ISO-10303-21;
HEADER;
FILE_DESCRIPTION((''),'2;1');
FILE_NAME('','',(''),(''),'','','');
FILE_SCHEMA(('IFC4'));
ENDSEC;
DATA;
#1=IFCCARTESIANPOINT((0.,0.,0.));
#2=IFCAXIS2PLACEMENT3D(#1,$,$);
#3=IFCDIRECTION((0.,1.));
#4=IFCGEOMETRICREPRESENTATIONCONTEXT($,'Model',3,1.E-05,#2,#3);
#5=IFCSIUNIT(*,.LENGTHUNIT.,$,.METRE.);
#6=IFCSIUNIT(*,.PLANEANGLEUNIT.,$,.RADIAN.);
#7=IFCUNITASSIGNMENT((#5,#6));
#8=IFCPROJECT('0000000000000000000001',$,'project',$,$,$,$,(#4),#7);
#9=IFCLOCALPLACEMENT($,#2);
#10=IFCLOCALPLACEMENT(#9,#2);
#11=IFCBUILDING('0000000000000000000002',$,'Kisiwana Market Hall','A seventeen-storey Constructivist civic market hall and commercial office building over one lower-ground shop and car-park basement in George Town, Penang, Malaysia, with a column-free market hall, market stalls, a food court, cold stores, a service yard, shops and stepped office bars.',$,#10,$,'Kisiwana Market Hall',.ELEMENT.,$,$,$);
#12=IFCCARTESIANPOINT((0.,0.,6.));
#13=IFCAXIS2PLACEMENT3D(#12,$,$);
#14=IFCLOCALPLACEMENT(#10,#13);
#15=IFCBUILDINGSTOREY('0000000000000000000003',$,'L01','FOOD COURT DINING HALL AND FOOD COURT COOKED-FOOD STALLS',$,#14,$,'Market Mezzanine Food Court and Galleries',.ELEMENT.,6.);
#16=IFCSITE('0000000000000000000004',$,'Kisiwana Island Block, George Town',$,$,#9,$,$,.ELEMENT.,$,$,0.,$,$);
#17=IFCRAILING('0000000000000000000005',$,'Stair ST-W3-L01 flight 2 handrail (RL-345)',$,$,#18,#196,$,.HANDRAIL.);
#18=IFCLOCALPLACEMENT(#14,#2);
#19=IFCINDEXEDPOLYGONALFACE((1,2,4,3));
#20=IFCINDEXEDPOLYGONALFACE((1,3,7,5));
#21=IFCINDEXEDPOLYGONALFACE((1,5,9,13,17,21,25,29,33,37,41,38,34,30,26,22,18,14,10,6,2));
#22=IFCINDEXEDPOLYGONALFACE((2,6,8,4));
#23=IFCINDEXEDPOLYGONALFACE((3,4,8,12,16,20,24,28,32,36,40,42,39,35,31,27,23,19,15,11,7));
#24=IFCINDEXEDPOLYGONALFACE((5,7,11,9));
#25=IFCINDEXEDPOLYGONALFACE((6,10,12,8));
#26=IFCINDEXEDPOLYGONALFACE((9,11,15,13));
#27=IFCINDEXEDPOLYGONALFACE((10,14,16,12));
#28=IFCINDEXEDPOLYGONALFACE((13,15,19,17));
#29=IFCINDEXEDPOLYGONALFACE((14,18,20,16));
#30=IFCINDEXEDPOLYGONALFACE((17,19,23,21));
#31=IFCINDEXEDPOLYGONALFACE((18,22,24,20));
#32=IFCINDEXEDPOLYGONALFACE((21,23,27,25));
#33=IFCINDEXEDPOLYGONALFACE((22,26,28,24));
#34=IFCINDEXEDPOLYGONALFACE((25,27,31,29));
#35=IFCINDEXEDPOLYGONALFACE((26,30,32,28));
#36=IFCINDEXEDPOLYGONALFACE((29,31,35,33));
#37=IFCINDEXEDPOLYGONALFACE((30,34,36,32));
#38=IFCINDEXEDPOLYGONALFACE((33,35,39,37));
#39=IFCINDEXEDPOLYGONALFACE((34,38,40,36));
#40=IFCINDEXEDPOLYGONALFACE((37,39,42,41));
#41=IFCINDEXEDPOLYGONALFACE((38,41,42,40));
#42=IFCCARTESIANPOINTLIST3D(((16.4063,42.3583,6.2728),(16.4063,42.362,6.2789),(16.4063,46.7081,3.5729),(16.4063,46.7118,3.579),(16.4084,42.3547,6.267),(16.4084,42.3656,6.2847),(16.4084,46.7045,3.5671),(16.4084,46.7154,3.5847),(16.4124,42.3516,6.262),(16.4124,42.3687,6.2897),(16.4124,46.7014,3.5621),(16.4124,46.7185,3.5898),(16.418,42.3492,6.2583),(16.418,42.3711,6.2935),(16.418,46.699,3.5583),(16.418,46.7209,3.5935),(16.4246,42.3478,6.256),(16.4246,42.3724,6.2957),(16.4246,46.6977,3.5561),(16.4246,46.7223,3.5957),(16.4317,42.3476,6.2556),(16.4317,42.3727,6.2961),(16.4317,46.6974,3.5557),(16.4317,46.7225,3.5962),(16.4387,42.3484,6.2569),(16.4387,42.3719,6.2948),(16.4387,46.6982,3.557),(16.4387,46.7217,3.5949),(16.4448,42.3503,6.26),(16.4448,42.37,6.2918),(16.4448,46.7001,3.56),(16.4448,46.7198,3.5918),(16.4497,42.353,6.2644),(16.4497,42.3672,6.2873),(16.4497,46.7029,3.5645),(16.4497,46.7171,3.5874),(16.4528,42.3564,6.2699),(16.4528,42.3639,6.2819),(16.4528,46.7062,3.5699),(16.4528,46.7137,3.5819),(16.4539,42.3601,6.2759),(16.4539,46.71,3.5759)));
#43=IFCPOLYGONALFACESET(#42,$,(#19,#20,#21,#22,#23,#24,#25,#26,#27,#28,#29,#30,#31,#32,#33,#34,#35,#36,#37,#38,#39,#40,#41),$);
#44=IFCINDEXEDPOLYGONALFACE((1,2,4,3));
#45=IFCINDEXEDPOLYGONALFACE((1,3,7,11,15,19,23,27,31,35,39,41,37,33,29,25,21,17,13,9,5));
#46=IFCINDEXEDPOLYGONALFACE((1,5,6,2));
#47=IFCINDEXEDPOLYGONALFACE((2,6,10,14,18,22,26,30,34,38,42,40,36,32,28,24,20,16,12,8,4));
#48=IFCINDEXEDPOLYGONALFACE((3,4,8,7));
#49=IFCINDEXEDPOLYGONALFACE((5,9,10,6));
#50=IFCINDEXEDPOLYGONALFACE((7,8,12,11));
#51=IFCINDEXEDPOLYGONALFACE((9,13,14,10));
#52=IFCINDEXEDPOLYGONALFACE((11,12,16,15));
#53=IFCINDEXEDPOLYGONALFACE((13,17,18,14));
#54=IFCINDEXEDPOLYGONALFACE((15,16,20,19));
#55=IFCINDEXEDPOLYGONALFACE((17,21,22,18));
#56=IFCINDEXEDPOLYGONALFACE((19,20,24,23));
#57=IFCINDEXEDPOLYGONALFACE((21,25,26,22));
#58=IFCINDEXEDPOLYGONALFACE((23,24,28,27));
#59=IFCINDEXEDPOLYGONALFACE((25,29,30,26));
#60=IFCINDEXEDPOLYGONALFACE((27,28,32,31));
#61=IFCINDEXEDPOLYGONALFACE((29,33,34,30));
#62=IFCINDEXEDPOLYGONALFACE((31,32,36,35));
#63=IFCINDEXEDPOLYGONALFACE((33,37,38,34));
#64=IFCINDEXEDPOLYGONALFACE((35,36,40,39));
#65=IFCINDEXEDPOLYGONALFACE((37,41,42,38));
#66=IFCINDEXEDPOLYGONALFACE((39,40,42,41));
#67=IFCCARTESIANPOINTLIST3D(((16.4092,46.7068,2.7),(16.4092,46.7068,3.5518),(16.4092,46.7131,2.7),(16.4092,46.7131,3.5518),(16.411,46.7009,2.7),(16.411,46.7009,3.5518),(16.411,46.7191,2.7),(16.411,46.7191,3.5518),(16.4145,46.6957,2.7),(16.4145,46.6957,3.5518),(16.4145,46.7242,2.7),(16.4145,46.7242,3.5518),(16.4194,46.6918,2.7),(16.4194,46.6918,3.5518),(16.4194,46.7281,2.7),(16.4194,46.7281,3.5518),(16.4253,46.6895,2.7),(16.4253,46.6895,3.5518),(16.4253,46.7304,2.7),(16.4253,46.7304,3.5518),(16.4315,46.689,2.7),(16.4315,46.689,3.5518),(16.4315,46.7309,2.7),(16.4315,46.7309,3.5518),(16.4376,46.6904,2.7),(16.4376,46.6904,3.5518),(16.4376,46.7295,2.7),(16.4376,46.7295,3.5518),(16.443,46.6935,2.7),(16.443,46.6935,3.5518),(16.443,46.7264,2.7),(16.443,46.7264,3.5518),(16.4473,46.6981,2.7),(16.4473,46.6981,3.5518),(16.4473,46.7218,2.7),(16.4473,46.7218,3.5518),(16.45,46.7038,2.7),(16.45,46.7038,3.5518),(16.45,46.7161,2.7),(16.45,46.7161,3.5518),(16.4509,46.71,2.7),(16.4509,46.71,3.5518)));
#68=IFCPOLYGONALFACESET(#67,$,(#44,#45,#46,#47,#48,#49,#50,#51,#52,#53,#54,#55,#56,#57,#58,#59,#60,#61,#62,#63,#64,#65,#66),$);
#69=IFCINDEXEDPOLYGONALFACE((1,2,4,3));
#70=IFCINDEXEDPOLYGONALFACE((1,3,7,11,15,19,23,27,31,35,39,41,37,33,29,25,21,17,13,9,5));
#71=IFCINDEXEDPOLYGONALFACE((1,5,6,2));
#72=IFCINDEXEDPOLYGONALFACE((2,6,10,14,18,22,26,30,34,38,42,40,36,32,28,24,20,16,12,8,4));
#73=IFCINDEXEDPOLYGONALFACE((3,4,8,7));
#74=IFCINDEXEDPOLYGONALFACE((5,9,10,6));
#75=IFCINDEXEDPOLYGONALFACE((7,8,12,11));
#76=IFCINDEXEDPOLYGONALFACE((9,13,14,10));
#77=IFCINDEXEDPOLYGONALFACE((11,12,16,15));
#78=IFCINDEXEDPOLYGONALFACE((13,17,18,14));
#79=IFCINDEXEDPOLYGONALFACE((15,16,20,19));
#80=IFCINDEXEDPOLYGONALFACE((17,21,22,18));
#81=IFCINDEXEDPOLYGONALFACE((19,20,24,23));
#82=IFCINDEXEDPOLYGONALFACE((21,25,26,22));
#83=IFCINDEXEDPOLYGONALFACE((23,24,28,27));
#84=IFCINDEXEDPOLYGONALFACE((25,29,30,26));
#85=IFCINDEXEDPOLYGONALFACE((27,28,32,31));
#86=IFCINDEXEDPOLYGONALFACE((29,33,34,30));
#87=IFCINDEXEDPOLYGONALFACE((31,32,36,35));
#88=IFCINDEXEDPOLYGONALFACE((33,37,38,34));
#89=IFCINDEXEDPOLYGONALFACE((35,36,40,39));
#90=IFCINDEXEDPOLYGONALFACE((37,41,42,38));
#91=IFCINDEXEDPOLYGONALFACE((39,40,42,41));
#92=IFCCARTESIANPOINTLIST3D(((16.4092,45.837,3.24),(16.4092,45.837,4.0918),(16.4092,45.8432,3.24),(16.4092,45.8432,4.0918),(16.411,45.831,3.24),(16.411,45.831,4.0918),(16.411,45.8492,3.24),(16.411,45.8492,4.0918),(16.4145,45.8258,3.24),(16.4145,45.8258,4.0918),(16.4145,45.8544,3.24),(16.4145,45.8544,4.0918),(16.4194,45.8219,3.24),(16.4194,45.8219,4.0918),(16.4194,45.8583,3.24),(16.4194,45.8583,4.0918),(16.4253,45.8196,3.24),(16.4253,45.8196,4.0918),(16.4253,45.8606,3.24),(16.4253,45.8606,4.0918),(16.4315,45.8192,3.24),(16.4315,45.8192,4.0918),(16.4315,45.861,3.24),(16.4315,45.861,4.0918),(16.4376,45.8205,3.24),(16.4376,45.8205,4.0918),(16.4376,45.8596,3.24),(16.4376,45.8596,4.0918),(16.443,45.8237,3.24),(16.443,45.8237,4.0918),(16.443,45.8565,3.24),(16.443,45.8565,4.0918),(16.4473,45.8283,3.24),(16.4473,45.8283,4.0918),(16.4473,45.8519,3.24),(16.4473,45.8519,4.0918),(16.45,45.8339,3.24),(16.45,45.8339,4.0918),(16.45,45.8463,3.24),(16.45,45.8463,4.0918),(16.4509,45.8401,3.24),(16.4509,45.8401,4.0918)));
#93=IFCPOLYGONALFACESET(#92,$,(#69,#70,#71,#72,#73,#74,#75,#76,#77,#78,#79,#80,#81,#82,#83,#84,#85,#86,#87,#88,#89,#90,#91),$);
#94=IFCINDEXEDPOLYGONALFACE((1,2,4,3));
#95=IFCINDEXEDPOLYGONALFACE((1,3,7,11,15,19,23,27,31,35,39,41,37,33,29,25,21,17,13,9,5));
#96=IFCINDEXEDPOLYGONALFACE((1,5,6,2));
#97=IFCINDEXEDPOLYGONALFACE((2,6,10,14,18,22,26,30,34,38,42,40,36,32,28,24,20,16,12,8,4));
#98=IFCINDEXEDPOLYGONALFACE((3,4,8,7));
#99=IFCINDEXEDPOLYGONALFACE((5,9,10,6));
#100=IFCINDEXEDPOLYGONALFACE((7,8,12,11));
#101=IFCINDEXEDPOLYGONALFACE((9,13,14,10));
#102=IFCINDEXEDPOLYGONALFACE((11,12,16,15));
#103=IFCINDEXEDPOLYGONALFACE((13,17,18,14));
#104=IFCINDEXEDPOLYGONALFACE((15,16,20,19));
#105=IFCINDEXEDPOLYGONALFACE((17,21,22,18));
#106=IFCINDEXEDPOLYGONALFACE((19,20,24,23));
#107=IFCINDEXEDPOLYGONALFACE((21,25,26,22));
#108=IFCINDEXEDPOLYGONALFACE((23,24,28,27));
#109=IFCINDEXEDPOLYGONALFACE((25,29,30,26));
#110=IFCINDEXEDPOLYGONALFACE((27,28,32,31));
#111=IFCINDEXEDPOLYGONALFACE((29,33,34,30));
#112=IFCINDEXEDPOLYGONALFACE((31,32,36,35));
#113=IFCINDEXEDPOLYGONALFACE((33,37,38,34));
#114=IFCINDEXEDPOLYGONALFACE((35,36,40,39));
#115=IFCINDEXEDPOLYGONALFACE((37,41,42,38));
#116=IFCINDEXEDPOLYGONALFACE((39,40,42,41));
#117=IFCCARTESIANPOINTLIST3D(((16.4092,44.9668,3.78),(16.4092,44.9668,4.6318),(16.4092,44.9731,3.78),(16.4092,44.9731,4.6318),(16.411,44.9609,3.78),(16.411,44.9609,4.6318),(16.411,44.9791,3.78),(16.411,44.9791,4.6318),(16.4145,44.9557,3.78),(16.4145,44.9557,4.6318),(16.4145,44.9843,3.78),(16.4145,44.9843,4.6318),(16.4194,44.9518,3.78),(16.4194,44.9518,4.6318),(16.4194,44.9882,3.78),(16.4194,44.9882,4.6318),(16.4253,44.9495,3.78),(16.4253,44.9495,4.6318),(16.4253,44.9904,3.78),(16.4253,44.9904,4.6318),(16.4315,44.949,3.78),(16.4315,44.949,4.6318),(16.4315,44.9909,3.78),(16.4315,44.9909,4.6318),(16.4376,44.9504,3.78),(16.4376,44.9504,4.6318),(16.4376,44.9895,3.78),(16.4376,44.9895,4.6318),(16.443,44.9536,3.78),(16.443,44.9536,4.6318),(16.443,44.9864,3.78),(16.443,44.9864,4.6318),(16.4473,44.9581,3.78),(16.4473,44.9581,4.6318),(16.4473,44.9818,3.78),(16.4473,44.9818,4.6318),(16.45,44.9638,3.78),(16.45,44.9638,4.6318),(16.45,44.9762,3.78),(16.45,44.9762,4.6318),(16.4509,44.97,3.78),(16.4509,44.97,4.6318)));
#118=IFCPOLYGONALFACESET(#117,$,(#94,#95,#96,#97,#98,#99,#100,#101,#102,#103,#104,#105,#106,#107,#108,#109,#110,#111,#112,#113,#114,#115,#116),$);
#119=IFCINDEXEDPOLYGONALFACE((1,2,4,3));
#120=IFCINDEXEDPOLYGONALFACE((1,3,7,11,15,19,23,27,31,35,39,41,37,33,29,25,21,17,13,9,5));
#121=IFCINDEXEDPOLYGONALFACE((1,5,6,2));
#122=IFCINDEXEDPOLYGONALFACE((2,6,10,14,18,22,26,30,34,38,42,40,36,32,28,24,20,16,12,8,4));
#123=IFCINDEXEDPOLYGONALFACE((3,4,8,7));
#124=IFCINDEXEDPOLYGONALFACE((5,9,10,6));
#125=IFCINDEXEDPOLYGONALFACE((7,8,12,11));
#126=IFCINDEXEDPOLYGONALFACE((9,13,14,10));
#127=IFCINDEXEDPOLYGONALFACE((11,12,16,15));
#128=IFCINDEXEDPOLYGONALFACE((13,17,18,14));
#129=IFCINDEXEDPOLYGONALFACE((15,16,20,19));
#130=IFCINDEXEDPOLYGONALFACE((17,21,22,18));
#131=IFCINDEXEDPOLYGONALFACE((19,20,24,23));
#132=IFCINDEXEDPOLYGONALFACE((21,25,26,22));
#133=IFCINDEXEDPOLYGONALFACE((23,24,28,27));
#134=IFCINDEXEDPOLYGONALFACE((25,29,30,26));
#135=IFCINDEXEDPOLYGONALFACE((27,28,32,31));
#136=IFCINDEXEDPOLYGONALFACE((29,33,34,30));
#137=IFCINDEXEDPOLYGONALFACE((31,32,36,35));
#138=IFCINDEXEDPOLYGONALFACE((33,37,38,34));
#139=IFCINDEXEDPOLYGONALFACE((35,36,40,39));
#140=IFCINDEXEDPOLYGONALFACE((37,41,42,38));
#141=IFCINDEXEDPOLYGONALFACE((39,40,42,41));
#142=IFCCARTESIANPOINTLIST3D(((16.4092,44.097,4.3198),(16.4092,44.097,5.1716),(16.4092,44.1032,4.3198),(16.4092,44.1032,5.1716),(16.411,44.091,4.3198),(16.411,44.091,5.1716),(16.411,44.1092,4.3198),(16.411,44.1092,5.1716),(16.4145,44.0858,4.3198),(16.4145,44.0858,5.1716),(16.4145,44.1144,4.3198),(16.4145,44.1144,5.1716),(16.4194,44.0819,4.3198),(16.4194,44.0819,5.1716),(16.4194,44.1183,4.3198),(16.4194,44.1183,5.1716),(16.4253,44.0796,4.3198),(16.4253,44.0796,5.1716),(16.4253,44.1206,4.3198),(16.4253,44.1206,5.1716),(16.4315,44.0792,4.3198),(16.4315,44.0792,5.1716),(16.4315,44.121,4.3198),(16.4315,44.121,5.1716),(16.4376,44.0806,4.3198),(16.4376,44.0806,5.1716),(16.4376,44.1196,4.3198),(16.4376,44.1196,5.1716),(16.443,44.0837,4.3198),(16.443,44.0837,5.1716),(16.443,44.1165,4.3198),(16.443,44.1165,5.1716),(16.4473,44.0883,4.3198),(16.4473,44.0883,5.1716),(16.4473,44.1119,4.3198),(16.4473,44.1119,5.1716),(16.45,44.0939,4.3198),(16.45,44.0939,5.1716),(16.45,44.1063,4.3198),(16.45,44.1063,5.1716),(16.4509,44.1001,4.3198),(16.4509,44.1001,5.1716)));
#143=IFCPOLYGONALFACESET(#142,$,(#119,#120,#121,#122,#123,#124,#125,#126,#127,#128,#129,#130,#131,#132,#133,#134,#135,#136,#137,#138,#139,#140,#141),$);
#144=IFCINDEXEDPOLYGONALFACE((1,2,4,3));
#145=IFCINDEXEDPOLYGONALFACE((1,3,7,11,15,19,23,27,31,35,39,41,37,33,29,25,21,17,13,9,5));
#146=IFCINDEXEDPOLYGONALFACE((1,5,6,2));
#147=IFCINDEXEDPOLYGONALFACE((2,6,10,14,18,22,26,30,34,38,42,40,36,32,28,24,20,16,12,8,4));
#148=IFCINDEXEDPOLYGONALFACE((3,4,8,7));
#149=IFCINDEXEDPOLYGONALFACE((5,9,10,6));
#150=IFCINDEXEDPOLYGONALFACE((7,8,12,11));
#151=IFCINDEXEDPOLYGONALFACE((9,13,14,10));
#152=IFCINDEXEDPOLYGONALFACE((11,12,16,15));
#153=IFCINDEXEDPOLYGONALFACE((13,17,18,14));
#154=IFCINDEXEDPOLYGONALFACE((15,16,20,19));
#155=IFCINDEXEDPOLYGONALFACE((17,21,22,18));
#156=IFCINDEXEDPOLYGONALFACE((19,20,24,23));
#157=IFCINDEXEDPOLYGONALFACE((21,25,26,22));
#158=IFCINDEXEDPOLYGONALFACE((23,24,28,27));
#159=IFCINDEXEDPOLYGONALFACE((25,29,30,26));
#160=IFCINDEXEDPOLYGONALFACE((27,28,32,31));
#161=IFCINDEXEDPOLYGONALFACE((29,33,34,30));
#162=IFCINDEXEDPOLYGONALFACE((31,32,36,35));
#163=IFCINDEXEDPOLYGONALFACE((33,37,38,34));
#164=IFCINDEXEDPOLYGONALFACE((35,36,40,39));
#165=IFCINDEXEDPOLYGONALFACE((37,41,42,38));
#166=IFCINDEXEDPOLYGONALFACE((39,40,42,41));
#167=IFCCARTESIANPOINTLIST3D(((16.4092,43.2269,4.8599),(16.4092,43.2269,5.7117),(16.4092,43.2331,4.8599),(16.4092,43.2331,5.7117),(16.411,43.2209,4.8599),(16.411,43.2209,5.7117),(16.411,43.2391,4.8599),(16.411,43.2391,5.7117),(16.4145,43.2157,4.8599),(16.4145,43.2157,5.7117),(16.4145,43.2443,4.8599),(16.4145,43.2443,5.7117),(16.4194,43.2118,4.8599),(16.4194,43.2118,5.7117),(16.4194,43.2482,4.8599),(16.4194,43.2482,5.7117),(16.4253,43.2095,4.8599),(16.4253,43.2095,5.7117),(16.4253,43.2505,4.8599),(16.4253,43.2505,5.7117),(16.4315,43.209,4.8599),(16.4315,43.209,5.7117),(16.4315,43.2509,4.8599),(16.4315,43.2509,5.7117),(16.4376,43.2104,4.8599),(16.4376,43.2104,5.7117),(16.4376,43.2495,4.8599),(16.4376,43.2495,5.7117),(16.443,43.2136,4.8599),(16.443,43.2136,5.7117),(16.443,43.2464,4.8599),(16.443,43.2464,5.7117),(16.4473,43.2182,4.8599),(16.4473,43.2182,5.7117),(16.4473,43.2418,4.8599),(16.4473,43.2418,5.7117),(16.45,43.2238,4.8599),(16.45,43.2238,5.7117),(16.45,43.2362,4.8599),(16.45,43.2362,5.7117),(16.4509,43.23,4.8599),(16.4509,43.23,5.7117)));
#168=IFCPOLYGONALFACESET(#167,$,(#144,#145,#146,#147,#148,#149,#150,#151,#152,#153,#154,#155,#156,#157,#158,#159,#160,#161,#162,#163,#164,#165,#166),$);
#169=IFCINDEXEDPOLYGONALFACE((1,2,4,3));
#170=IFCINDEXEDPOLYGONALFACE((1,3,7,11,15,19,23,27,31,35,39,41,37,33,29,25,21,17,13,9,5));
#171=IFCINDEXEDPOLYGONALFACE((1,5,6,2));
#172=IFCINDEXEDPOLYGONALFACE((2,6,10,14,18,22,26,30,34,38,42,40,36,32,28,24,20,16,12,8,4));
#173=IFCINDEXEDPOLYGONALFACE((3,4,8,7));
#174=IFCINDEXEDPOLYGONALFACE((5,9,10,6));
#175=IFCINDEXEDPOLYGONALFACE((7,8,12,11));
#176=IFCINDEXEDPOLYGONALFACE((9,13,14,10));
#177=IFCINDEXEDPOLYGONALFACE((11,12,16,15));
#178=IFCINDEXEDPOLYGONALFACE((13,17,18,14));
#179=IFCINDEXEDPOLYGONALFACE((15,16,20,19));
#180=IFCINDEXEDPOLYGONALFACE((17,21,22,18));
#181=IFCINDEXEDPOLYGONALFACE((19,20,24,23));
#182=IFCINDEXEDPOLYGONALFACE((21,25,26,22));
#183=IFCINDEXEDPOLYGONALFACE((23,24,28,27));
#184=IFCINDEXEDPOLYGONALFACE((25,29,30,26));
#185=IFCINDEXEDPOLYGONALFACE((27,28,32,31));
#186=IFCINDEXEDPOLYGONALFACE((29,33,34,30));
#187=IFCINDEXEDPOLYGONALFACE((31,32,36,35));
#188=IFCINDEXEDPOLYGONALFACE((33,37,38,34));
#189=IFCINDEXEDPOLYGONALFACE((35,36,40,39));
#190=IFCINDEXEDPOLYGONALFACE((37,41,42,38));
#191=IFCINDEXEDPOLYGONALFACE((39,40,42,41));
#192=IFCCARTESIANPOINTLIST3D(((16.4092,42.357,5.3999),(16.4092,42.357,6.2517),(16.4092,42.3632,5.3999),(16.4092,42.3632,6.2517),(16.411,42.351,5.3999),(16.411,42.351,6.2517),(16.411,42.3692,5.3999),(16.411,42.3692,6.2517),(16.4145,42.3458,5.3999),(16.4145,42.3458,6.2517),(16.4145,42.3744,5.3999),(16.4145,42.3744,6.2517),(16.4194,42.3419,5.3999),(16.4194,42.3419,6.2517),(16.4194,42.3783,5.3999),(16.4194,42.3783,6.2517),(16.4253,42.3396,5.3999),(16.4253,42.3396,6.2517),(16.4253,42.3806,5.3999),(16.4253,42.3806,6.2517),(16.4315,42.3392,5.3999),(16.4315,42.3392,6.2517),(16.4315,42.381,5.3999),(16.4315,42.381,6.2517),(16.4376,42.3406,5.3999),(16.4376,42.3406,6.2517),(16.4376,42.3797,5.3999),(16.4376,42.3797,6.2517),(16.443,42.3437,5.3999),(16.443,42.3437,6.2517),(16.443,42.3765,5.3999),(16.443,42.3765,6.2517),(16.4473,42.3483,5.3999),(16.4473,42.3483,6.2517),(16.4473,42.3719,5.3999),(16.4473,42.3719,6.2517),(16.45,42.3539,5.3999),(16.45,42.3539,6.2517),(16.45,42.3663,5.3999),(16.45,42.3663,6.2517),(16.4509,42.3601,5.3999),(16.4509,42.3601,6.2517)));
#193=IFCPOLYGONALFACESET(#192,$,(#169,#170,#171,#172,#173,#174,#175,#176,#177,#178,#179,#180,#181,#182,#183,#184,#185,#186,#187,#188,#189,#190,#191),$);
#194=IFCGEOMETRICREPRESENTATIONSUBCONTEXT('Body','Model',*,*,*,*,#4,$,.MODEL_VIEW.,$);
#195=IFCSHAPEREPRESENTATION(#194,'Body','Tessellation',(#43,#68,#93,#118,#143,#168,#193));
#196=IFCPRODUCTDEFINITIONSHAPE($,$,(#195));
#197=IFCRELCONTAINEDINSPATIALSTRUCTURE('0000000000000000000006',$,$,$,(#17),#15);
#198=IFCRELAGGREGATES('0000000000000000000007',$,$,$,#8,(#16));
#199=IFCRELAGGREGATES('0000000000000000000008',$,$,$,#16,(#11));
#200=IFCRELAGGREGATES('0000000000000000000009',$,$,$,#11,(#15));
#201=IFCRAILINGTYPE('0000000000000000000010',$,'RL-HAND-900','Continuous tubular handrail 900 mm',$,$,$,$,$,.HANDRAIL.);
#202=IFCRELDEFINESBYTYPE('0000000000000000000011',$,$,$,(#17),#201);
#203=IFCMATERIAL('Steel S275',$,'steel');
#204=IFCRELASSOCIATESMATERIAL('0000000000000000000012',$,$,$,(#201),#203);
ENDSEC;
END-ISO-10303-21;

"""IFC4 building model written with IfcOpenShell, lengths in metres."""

from ifc_helpers import new_model, si_unit, direction, frame, origin, origin_2d, place, context, subcontext, project, spatial, circle, extrude, material, type_object, element, save


model = new_model("IFC4")

# Units and contexts
model_context = context("Model", 3, precision=1e-05, world=origin(), true_north=direction((0.0, 1.0)))
body_context = subcontext(model_context, "Body", "Model", "MODEL_VIEW")
ifc_project = project(units=[si_unit("LENGTHUNIT", "METRE"), si_unit("PLANEANGLEUNIT", "RADIAN")], contexts=[model_context])

# Site, building, storey
site_placement = place(None, origin())
site = spatial("IfcSite", under=ifc_project, at=site_placement, Name="Kisiwana Island Block, George Town", CompositionType="ELEMENT", RefElevation=0.0)
building_placement = place(site_placement, origin())
building = spatial("IfcBuilding", under=site, at=building_placement, Name="Kisiwana Market Hall", Description="A seventeen-storey Constructivist civic market hall and commercial office building over one lower-ground shop and car-park basement in George Town, Penang, Malaysia, with a column-free market hall, market stalls, a food court, cold stores, a service yard, shops and stepped office bars.", LongName="Kisiwana Market Hall", CompositionType="ELEMENT")
storey_placement = place(building_placement, frame((0.0, 0.0, 6.0)))
storey = spatial("IfcBuildingStorey", under=building, at=storey_placement, Name="L01", Description="FOOD COURT DINING HALL AND FOOD COURT COOKED-FOOD STALLS", LongName="Market Mezzanine Food Court and Galleries", CompositionType="ELEMENT", Elevation=6.0)

# Railing
ifc_material_1 = material(Name="Steel S275", Category="steel")
railing_type_1 = type_object("IfcRailingType", Name="RL-HAND-900", Description="Continuous tubular handrail 900 mm", PredefinedType="HANDRAIL", material=ifc_material_1)
for number, where, name in (
    (1, (16.4299, 46.71, 2.7), "Stair ST-W3-L01 flight 2 handrail (RL-345)"),
):
    element("IfcRailing", number, at=place(storey_placement, frame(where)), inside=storey, type_object=railing_type_1, Name=name, PredefinedType="HANDRAIL", context=body_context, shape_type="SweptSolid", body=[
        extrude(circle(Radius=0.0239, at=origin_2d()), frame((0.0, 0.0, 0.876), z_axis=(0.0, -0.849636, 0.527369), x_axis=(1.0, 0.0, 0.0)), (0.0, 0.0, 1.0), 5.1196),
        extrude(circle(Radius=0.021, at=origin_2d()), origin(), (0.0, 0.0, 1.0), 0.8518),
        extrude(circle(Radius=0.021, at=origin_2d()), frame((0.0, -0.8699, 0.54)), (0.0, 0.0, 1.0), 0.8518),
        extrude(circle(Radius=0.021, at=origin_2d()), frame((0.0, -1.74, 1.0801)), (0.0, 0.0, 1.0), 0.8518),
        extrude(circle(Radius=0.021, at=origin_2d()), frame((0.0, -2.6099, 1.6199)), (0.0, 0.0, 1.0), 0.8518),
        extrude(circle(Radius=0.021, at=origin_2d()), frame((0.0, -3.48, 2.1599)), (0.0, 0.0, 1.0), 0.8518),
        extrude(circle(Radius=0.021, at=origin_2d()), frame((0.0, -4.3499, 2.7)), (0.0, 0.0, 1.0), 0.8518),
    ])

save(model, "model.ifc")
